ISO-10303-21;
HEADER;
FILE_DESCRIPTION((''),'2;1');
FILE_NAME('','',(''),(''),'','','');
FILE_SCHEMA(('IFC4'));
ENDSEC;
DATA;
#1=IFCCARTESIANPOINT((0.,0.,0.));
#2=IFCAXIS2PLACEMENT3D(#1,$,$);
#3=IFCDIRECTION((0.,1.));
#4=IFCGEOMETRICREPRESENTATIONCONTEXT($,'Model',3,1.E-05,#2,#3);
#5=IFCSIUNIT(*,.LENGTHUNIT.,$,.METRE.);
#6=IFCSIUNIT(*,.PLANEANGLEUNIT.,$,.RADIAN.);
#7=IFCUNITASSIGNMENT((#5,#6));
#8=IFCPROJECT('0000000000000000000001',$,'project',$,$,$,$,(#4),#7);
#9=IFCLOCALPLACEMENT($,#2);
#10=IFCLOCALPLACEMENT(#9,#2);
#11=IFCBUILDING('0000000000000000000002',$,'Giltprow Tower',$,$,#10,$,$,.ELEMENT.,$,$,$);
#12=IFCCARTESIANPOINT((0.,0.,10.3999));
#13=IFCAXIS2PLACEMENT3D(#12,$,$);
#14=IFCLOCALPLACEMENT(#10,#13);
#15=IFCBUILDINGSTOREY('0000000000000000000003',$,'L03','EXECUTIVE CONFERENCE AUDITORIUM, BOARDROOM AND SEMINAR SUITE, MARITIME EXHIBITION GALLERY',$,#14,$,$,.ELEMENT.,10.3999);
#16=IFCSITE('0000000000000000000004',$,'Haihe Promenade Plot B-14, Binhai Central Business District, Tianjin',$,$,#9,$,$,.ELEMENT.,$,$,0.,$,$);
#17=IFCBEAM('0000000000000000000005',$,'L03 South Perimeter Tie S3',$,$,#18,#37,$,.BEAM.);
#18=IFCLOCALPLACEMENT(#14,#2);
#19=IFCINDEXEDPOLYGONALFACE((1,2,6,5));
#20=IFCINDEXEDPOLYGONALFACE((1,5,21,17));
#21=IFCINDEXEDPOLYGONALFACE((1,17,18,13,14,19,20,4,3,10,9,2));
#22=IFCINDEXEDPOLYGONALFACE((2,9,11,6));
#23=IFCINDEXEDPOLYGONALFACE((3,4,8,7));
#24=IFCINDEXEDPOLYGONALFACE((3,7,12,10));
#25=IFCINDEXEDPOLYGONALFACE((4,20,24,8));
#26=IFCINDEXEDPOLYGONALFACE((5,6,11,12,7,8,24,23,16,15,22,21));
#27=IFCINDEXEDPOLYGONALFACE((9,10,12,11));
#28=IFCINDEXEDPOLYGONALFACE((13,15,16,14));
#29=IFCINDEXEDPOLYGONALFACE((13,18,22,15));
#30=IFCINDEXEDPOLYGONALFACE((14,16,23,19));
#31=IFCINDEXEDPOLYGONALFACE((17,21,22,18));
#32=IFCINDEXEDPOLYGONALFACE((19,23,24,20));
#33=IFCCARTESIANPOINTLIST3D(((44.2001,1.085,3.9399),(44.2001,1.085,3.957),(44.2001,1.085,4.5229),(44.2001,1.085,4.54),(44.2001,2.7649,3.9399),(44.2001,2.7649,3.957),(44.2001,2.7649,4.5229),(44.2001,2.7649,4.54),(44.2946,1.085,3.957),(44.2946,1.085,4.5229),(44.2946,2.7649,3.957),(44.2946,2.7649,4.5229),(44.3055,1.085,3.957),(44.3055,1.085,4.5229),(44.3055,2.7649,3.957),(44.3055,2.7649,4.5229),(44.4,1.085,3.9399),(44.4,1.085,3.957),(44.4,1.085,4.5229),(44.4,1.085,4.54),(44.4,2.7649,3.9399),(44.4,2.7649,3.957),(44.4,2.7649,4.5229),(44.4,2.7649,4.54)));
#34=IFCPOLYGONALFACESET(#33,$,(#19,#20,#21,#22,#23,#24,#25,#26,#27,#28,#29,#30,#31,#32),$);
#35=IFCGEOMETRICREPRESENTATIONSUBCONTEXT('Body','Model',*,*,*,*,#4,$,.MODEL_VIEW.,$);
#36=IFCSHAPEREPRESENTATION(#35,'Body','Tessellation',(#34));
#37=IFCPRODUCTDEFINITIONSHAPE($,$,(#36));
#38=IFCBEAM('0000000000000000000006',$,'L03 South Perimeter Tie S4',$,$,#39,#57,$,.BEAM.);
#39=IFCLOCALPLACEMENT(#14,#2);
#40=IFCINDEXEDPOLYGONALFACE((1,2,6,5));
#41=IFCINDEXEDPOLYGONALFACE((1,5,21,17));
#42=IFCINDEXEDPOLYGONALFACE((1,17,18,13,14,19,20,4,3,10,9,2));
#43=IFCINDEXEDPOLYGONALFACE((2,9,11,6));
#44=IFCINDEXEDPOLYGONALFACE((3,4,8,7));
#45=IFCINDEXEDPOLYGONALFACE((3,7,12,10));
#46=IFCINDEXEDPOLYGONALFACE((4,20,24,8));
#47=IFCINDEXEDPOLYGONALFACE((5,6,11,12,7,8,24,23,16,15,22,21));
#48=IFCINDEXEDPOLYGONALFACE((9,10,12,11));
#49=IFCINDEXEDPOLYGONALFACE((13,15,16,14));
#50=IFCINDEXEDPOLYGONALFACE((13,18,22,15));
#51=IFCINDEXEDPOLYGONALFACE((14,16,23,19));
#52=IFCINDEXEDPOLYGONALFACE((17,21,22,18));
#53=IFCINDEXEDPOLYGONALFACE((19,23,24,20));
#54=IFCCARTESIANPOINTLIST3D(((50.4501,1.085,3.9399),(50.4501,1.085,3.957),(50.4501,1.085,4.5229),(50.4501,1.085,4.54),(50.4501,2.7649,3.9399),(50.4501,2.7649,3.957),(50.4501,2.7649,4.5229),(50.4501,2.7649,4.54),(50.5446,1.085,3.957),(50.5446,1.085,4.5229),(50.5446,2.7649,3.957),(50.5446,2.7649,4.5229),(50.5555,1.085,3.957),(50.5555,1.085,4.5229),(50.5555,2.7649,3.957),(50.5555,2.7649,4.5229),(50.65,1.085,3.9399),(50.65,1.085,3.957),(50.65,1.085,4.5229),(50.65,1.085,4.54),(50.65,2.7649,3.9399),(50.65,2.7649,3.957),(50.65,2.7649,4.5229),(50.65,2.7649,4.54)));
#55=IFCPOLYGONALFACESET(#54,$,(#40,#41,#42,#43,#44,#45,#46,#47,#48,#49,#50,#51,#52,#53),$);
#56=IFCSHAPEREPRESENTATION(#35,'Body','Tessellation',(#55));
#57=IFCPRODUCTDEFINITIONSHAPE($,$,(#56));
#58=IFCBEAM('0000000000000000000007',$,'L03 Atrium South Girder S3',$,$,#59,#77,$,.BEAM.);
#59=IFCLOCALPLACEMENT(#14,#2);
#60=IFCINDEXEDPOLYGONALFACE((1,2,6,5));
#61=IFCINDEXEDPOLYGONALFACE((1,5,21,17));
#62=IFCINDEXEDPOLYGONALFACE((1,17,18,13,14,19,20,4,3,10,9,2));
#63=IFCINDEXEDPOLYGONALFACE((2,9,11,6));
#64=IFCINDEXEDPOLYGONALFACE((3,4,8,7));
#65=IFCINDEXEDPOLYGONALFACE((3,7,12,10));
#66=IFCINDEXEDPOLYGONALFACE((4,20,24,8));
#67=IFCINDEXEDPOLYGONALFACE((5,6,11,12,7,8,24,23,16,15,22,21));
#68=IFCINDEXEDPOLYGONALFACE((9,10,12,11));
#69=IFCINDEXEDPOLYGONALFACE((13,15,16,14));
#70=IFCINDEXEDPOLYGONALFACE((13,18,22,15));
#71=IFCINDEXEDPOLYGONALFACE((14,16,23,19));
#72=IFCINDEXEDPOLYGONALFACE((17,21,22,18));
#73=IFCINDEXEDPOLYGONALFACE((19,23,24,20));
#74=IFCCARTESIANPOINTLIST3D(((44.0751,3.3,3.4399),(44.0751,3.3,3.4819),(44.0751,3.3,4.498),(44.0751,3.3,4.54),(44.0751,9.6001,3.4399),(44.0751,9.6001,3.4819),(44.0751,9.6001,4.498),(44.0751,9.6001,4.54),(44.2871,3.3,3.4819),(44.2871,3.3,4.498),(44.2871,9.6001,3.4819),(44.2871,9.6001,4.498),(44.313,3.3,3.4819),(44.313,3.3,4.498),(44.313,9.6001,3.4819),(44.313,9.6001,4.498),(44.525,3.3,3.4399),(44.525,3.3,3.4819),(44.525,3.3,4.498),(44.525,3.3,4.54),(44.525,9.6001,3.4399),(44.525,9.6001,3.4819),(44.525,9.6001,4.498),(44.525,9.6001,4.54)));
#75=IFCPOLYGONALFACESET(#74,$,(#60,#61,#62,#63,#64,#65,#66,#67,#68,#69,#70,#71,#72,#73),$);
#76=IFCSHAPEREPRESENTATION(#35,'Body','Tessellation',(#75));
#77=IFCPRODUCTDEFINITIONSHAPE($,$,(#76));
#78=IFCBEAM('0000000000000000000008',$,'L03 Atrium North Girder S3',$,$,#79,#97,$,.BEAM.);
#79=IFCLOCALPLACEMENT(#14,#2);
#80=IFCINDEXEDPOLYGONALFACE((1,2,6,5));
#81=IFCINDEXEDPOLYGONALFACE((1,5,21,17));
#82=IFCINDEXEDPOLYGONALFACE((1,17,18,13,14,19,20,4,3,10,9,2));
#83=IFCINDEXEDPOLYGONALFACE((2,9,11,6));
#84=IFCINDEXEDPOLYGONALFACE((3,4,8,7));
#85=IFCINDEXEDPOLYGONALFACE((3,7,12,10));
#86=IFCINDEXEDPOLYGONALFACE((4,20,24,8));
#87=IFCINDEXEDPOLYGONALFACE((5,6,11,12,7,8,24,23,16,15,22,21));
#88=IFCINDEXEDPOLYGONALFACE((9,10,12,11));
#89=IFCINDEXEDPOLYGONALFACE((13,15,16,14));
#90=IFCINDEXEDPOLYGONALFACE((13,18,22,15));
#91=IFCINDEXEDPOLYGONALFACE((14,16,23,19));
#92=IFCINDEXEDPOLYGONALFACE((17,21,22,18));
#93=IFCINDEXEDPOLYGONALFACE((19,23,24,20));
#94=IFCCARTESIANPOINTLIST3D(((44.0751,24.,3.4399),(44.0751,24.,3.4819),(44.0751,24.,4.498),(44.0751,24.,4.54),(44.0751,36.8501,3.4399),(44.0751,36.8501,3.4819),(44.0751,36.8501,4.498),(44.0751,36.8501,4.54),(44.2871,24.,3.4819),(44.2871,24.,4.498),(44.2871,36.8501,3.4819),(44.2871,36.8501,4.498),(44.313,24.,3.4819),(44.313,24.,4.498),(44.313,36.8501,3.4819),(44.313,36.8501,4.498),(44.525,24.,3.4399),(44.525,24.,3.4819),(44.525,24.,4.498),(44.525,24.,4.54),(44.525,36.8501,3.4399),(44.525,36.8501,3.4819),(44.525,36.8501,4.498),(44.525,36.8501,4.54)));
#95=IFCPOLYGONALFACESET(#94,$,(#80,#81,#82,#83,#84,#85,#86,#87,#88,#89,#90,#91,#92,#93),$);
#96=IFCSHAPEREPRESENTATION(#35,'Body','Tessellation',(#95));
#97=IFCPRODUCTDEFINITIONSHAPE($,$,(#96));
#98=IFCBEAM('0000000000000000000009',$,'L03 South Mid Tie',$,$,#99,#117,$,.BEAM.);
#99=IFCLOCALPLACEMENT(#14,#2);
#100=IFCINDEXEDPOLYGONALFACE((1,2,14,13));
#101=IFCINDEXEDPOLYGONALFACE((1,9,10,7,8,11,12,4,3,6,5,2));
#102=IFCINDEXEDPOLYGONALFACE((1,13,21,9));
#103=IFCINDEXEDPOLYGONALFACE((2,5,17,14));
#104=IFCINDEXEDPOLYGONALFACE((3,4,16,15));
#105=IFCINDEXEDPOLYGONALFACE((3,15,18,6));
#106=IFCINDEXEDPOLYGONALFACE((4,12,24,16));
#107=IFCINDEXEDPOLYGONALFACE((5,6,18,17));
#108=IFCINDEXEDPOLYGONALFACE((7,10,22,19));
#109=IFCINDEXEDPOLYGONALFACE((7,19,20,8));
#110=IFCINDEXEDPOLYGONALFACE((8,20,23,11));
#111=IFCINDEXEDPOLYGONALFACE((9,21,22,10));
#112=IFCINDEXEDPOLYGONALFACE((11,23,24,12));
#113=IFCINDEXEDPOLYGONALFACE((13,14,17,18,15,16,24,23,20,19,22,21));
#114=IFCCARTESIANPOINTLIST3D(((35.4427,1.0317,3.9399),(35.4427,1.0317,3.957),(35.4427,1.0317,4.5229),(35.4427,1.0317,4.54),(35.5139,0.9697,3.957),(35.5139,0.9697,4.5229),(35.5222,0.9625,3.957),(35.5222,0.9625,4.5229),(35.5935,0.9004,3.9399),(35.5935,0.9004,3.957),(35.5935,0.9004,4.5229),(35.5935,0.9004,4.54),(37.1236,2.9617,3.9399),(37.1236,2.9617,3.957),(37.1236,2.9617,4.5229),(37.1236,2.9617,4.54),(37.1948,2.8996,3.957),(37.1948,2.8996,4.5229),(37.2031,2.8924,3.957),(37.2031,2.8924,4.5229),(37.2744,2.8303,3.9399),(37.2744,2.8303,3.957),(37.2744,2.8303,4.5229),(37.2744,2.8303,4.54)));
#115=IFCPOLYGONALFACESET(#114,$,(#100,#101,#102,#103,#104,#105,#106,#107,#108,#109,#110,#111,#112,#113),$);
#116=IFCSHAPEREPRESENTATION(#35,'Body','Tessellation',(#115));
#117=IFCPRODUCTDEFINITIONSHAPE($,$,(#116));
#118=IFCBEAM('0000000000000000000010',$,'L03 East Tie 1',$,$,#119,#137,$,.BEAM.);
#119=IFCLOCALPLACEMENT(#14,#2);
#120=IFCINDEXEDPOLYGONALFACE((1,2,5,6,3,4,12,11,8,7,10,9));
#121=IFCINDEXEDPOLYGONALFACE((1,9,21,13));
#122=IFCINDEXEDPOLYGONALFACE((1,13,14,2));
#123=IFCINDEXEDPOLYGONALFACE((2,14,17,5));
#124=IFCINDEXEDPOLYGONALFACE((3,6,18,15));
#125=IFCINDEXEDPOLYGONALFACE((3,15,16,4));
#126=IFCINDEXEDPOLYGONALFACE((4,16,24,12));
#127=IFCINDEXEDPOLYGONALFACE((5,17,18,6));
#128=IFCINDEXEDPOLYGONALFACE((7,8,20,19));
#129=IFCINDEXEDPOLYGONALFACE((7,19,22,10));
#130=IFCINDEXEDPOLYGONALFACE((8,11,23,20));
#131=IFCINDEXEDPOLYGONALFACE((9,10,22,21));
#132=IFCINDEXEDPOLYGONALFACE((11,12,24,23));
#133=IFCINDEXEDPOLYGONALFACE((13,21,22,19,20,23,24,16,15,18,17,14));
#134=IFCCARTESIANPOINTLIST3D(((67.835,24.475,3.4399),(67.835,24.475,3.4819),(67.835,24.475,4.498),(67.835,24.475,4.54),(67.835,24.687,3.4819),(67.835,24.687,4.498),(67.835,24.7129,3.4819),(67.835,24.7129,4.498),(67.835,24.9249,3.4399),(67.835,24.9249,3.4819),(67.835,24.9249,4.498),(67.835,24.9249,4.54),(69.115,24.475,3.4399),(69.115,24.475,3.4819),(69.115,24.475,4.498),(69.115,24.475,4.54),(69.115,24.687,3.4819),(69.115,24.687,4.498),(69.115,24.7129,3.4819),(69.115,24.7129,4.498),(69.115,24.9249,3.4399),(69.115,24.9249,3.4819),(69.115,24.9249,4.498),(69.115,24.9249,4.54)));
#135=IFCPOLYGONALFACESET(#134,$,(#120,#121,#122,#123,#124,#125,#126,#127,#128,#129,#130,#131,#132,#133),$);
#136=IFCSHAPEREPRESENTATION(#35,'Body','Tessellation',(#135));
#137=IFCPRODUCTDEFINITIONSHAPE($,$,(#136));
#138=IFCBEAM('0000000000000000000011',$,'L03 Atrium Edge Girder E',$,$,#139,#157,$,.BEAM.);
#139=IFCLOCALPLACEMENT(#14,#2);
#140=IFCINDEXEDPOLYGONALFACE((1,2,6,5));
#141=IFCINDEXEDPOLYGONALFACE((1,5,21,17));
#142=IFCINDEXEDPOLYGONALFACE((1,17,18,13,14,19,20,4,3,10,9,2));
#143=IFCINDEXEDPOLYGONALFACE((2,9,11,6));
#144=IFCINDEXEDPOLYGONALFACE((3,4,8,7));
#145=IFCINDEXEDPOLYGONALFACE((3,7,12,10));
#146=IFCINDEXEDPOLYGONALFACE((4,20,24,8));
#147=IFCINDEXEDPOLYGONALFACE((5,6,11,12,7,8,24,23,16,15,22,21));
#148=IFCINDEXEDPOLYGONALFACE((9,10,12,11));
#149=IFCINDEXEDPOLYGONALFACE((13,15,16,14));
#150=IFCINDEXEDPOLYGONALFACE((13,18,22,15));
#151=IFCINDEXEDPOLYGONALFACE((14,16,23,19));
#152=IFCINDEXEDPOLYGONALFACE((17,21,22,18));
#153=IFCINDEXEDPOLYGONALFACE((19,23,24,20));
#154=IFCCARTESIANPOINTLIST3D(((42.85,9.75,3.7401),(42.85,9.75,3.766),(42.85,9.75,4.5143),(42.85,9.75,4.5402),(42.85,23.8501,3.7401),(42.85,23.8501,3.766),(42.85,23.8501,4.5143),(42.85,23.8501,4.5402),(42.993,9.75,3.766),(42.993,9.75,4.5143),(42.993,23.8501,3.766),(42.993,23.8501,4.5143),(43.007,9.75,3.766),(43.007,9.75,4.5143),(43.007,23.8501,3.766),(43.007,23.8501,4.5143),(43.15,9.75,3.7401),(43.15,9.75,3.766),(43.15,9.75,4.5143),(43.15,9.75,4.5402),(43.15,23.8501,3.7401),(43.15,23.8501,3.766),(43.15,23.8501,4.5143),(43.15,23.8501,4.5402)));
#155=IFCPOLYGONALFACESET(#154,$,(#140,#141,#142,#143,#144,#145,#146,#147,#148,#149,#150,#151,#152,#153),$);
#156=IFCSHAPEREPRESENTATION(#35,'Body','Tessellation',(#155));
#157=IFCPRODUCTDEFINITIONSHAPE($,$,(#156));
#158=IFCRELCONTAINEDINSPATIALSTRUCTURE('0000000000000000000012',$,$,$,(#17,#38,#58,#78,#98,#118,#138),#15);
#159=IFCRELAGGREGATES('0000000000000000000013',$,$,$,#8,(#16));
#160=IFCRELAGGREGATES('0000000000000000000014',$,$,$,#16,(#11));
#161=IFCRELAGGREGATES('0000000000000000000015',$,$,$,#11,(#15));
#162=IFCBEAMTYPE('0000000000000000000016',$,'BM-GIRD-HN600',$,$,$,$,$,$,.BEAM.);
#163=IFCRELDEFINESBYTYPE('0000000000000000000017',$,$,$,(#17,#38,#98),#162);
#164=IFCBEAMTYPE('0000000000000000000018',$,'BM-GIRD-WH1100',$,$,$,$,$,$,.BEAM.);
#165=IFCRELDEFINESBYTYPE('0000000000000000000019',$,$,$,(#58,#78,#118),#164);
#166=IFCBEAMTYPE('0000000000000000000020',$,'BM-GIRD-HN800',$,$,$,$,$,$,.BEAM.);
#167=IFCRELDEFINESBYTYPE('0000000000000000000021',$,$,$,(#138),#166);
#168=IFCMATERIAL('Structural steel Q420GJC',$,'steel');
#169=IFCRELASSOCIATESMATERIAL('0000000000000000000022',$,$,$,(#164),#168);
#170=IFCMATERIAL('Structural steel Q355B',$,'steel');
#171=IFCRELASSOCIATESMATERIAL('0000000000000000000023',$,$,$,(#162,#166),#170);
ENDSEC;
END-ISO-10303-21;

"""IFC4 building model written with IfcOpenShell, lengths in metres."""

from ifc_helpers import new_model, si_unit, direction, frame, origin, origin_2d, place, context, subcontext, project, spatial, i_section, extrude, source, transform, mapped, material, material_profile, profile_set, type_object, element, save


model = new_model("IFC4")

# Units and contexts
model_context = context("Model", 3, precision=1e-05, world=origin(), true_north=direction((0.0, 1.0)))
body_context = subcontext(model_context, "Body", "Model", "MODEL_VIEW")
ifc_project = project(units=[si_unit("LENGTHUNIT", "METRE"), si_unit("PLANEANGLEUNIT", "RADIAN")], contexts=[model_context])

# Site, building, storey
site_placement = place(None, origin())
site = spatial("IfcSite", under=ifc_project, at=site_placement, Name="Haihe Promenade Plot B-14, Binhai Central Business District, Tianjin", CompositionType="ELEMENT", RefElevation=0.0)
building_placement = place(site_placement, origin())
building = spatial("IfcBuilding", under=site, at=building_placement, Name="Giltprow Tower", CompositionType="ELEMENT")
storey_placement = place(building_placement, frame((0.0, 0.0, 10.3999)))
storey = spatial("IfcBuildingStorey", under=building, at=storey_placement, Name="L03", Description="EXECUTIVE CONFERENCE AUDITORIUM, BOARDROOM AND SEMINAR SUITE, MARITIME EXHIBITION GALLERY", CompositionType="ELEMENT", Elevation=10.3999)

# Shared definitions
ifc_material_1 = material(Name="Structural steel Q420GJC", Category="steel")

# Beams
ifc_material_profile_1 = material_profile(ifc_material_1, i_section(OverallWidth=0.45, OverallDepth=1.1001, WebThickness=0.0259, FlangeThickness=0.042, at=origin_2d()), Name="WH 1100x450x26x42")
ifc_profile_set_1 = profile_set([ifc_material_profile_1], Name="Structural steel Q420GJC")
beam_type_1 = type_object("IfcBeamType", Name="BM-GIRD-WH1100", PredefinedType="BEAM", material=ifc_profile_set_1)
ifc_material_2 = material(Name="Structural steel Q355B", Category="steel")
ifc_material_profile_2 = material_profile(ifc_material_2, i_section(OverallWidth=0.2, OverallDepth=0.6001, WebThickness=0.011, FlangeThickness=0.0171, at=origin_2d()), Name="HN 600x200x11x17")
ifc_profile_set_2 = profile_set([ifc_material_profile_2], Name="Structural steel Q355B")
beam_type_2 = type_object("IfcBeamType", Name="BM-GIRD-HN600", PredefinedType="BEAM", material=ifc_profile_set_2)
shared_shape_1 = source(origin(), body_context, "Body", "SweptSolid", [
    extrude(i_section(OverallWidth=0.2, OverallDepth=0.6001, WebThickness=0.011, FlangeThickness=0.0171, at=origin_2d()), origin(), (0.0, 0.0, 1.0), 1.6799),
])
for number, where, z_axis, x_axis, name in (
    (1, (44.3, 1.085, 4.24), (0.0, 1.0, 0.0), (-1.0, 0.0, 0.0), "L03 South Perimeter Tie S3"),
    (2, (50.55, 1.085, 4.24), (0.0, 1.0, 0.0), (-1.0, 0.0, 0.0), "L03 South Perimeter Tie S4"),
):
    element("IfcBeam", number, at=place(storey_placement, frame(where, z_axis=z_axis, x_axis=x_axis)), inside=storey, type_object=beam_type_2, Name=name, PredefinedType="BEAM", context=body_context, shape_type="MappedRepresentation", body=[
        mapped(shared_shape_1, transform((0.0, 0.0, 0.0), x_axis=(1.0, 0.0, 0.0), y_axis=(0.0, 1.0, 0.0), z_axis=(0.0, 0.0, 1.0), scale=1.0)),
    ])
shared_shape_2 = source(origin(), body_context, "Body", "SweptSolid", [
    extrude(i_section(OverallWidth=0.45, OverallDepth=1.1001, WebThickness=0.0259, FlangeThickness=0.042, at=origin_2d()), origin(), (0.0, 0.0, 1.0), 6.3),
])
beam_1_placement = place(storey_placement, frame((44.3, 3.3, 3.99), z_axis=(0.0, 1.0, 0.0), x_axis=(-1.0, 0.0, 0.0)))
element("IfcBeam", 3, at=beam_1_placement, inside=storey, type_object=beam_type_1, Name="L03 Atrium South Girder S3", PredefinedType="BEAM", context=body_context, shape_type="MappedRepresentation", body=[
    mapped(shared_shape_2, transform((0.0, 0.0, 0.0), x_axis=(1.0, 0.0, 0.0), y_axis=(0.0, 1.0, 0.0), z_axis=(0.0, 0.0, 1.0), scale=1.0)),
])
shared_shape_3 = source(origin(), body_context, "Body", "SweptSolid", [
    extrude(i_section(OverallWidth=0.45, OverallDepth=1.1001, WebThickness=0.0259, FlangeThickness=0.042, at=origin_2d()), origin(), (0.0, 0.0, 1.0), 12.8501),
])
beam_2_placement = place(storey_placement, frame((44.3, 24.0, 3.99), z_axis=(0.0, 1.0, 0.0), x_axis=(-1.0, 0.0, 0.0)))
element("IfcBeam", 4, at=beam_2_placement, inside=storey, type_object=beam_type_1, Name="L03 Atrium North Girder S3", PredefinedType="BEAM", context=body_context, shape_type="MappedRepresentation", body=[
    mapped(shared_shape_3, transform((0.0, 0.0, 0.0), x_axis=(1.0, 0.0, 0.0), y_axis=(0.0, 1.0, 0.0), z_axis=(0.0, 0.0, 1.0), scale=1.0)),
])
shared_shape_4 = source(origin(), body_context, "Body", "SweptSolid", [
    extrude(i_section(OverallWidth=0.2, OverallDepth=0.6001, WebThickness=0.011, FlangeThickness=0.0171, at=origin_2d()), origin(), (0.0, 0.0, 1.0), 2.5593),
])
beam_3_placement = place(storey_placement, frame((35.5181, 0.9661, 4.24), z_axis=(0.656781, 0.754082, 0.0), x_axis=(-0.754082, 0.656781, 0.0)))
element("IfcBeam", 5, at=beam_3_placement, inside=storey, type_object=beam_type_2, Name="L03 South Mid Tie", PredefinedType="BEAM", context=body_context, shape_type="MappedRepresentation", body=[
    mapped(shared_shape_4, transform((0.0, 0.0, 0.0), x_axis=(1.0, 0.0, 0.0), y_axis=(0.0, 1.0, 0.0), z_axis=(0.0, 0.0, 1.0), scale=1.0)),
])
shared_shape_5 = source(origin(), body_context, "Body", "SweptSolid", [
    extrude(i_section(OverallWidth=0.45, OverallDepth=1.1001, WebThickness=0.0259, FlangeThickness=0.042, at=origin_2d()), origin(), (0.0, 0.0, 1.0), 1.28),
])
beam_4_placement = place(storey_placement, frame((67.835, 24.7, 3.99), z_axis=(1.0, 0.0, 0.0), x_axis=(0.0, 1.0, 0.0)))
element("IfcBeam", 6, at=beam_4_placement, inside=storey, type_object=beam_type_1, Name="L03 East Tie 1", PredefinedType="BEAM", context=body_context, shape_type="MappedRepresentation", body=[
    mapped(shared_shape_5, transform((0.0, 0.0, 0.0), x_axis=(1.0, 0.0, 0.0), y_axis=(0.0, 1.0, 0.0), z_axis=(0.0, 0.0, 1.0), scale=1.0)),
])
ifc_material_profile_3 = material_profile(ifc_material_2, i_section(OverallWidth=0.3, OverallDepth=0.8, WebThickness=0.0139, FlangeThickness=0.0259, at=origin_2d()), Name="HN 800x300x14x26")
ifc_profile_set_3 = profile_set([ifc_material_profile_3], Name="Structural steel Q355B")
beam_type_3 = type_object("IfcBeamType", Name="BM-GIRD-HN800", PredefinedType="BEAM", material=ifc_profile_set_3)
shared_shape_6 = source(origin(), body_context, "Body", "SweptSolid", [
    extrude(i_section(OverallWidth=0.3, OverallDepth=0.8, WebThickness=0.0139, FlangeThickness=0.0259, at=origin_2d()), origin(), (0.0, 0.0, 1.0), 14.1001),
])
beam_5_placement = place(storey_placement, frame((43.0, 9.75, 4.1401), z_axis=(0.0, 1.0, 0.0), x_axis=(-1.0, 0.0, 0.0)))
element("IfcBeam", 7, at=beam_5_placement, inside=storey, type_object=beam_type_3, Name="L03 Atrium Edge Girder E", PredefinedType="BEAM", context=body_context, shape_type="MappedRepresentation", body=[
    mapped(shared_shape_6, transform((0.0, 0.0, 0.0), x_axis=(1.0, 0.0, 0.0), y_axis=(0.0, 1.0, 0.0), z_axis=(0.0, 0.0, 1.0), scale=1.0)),
])

save(model, "model.ifc")
